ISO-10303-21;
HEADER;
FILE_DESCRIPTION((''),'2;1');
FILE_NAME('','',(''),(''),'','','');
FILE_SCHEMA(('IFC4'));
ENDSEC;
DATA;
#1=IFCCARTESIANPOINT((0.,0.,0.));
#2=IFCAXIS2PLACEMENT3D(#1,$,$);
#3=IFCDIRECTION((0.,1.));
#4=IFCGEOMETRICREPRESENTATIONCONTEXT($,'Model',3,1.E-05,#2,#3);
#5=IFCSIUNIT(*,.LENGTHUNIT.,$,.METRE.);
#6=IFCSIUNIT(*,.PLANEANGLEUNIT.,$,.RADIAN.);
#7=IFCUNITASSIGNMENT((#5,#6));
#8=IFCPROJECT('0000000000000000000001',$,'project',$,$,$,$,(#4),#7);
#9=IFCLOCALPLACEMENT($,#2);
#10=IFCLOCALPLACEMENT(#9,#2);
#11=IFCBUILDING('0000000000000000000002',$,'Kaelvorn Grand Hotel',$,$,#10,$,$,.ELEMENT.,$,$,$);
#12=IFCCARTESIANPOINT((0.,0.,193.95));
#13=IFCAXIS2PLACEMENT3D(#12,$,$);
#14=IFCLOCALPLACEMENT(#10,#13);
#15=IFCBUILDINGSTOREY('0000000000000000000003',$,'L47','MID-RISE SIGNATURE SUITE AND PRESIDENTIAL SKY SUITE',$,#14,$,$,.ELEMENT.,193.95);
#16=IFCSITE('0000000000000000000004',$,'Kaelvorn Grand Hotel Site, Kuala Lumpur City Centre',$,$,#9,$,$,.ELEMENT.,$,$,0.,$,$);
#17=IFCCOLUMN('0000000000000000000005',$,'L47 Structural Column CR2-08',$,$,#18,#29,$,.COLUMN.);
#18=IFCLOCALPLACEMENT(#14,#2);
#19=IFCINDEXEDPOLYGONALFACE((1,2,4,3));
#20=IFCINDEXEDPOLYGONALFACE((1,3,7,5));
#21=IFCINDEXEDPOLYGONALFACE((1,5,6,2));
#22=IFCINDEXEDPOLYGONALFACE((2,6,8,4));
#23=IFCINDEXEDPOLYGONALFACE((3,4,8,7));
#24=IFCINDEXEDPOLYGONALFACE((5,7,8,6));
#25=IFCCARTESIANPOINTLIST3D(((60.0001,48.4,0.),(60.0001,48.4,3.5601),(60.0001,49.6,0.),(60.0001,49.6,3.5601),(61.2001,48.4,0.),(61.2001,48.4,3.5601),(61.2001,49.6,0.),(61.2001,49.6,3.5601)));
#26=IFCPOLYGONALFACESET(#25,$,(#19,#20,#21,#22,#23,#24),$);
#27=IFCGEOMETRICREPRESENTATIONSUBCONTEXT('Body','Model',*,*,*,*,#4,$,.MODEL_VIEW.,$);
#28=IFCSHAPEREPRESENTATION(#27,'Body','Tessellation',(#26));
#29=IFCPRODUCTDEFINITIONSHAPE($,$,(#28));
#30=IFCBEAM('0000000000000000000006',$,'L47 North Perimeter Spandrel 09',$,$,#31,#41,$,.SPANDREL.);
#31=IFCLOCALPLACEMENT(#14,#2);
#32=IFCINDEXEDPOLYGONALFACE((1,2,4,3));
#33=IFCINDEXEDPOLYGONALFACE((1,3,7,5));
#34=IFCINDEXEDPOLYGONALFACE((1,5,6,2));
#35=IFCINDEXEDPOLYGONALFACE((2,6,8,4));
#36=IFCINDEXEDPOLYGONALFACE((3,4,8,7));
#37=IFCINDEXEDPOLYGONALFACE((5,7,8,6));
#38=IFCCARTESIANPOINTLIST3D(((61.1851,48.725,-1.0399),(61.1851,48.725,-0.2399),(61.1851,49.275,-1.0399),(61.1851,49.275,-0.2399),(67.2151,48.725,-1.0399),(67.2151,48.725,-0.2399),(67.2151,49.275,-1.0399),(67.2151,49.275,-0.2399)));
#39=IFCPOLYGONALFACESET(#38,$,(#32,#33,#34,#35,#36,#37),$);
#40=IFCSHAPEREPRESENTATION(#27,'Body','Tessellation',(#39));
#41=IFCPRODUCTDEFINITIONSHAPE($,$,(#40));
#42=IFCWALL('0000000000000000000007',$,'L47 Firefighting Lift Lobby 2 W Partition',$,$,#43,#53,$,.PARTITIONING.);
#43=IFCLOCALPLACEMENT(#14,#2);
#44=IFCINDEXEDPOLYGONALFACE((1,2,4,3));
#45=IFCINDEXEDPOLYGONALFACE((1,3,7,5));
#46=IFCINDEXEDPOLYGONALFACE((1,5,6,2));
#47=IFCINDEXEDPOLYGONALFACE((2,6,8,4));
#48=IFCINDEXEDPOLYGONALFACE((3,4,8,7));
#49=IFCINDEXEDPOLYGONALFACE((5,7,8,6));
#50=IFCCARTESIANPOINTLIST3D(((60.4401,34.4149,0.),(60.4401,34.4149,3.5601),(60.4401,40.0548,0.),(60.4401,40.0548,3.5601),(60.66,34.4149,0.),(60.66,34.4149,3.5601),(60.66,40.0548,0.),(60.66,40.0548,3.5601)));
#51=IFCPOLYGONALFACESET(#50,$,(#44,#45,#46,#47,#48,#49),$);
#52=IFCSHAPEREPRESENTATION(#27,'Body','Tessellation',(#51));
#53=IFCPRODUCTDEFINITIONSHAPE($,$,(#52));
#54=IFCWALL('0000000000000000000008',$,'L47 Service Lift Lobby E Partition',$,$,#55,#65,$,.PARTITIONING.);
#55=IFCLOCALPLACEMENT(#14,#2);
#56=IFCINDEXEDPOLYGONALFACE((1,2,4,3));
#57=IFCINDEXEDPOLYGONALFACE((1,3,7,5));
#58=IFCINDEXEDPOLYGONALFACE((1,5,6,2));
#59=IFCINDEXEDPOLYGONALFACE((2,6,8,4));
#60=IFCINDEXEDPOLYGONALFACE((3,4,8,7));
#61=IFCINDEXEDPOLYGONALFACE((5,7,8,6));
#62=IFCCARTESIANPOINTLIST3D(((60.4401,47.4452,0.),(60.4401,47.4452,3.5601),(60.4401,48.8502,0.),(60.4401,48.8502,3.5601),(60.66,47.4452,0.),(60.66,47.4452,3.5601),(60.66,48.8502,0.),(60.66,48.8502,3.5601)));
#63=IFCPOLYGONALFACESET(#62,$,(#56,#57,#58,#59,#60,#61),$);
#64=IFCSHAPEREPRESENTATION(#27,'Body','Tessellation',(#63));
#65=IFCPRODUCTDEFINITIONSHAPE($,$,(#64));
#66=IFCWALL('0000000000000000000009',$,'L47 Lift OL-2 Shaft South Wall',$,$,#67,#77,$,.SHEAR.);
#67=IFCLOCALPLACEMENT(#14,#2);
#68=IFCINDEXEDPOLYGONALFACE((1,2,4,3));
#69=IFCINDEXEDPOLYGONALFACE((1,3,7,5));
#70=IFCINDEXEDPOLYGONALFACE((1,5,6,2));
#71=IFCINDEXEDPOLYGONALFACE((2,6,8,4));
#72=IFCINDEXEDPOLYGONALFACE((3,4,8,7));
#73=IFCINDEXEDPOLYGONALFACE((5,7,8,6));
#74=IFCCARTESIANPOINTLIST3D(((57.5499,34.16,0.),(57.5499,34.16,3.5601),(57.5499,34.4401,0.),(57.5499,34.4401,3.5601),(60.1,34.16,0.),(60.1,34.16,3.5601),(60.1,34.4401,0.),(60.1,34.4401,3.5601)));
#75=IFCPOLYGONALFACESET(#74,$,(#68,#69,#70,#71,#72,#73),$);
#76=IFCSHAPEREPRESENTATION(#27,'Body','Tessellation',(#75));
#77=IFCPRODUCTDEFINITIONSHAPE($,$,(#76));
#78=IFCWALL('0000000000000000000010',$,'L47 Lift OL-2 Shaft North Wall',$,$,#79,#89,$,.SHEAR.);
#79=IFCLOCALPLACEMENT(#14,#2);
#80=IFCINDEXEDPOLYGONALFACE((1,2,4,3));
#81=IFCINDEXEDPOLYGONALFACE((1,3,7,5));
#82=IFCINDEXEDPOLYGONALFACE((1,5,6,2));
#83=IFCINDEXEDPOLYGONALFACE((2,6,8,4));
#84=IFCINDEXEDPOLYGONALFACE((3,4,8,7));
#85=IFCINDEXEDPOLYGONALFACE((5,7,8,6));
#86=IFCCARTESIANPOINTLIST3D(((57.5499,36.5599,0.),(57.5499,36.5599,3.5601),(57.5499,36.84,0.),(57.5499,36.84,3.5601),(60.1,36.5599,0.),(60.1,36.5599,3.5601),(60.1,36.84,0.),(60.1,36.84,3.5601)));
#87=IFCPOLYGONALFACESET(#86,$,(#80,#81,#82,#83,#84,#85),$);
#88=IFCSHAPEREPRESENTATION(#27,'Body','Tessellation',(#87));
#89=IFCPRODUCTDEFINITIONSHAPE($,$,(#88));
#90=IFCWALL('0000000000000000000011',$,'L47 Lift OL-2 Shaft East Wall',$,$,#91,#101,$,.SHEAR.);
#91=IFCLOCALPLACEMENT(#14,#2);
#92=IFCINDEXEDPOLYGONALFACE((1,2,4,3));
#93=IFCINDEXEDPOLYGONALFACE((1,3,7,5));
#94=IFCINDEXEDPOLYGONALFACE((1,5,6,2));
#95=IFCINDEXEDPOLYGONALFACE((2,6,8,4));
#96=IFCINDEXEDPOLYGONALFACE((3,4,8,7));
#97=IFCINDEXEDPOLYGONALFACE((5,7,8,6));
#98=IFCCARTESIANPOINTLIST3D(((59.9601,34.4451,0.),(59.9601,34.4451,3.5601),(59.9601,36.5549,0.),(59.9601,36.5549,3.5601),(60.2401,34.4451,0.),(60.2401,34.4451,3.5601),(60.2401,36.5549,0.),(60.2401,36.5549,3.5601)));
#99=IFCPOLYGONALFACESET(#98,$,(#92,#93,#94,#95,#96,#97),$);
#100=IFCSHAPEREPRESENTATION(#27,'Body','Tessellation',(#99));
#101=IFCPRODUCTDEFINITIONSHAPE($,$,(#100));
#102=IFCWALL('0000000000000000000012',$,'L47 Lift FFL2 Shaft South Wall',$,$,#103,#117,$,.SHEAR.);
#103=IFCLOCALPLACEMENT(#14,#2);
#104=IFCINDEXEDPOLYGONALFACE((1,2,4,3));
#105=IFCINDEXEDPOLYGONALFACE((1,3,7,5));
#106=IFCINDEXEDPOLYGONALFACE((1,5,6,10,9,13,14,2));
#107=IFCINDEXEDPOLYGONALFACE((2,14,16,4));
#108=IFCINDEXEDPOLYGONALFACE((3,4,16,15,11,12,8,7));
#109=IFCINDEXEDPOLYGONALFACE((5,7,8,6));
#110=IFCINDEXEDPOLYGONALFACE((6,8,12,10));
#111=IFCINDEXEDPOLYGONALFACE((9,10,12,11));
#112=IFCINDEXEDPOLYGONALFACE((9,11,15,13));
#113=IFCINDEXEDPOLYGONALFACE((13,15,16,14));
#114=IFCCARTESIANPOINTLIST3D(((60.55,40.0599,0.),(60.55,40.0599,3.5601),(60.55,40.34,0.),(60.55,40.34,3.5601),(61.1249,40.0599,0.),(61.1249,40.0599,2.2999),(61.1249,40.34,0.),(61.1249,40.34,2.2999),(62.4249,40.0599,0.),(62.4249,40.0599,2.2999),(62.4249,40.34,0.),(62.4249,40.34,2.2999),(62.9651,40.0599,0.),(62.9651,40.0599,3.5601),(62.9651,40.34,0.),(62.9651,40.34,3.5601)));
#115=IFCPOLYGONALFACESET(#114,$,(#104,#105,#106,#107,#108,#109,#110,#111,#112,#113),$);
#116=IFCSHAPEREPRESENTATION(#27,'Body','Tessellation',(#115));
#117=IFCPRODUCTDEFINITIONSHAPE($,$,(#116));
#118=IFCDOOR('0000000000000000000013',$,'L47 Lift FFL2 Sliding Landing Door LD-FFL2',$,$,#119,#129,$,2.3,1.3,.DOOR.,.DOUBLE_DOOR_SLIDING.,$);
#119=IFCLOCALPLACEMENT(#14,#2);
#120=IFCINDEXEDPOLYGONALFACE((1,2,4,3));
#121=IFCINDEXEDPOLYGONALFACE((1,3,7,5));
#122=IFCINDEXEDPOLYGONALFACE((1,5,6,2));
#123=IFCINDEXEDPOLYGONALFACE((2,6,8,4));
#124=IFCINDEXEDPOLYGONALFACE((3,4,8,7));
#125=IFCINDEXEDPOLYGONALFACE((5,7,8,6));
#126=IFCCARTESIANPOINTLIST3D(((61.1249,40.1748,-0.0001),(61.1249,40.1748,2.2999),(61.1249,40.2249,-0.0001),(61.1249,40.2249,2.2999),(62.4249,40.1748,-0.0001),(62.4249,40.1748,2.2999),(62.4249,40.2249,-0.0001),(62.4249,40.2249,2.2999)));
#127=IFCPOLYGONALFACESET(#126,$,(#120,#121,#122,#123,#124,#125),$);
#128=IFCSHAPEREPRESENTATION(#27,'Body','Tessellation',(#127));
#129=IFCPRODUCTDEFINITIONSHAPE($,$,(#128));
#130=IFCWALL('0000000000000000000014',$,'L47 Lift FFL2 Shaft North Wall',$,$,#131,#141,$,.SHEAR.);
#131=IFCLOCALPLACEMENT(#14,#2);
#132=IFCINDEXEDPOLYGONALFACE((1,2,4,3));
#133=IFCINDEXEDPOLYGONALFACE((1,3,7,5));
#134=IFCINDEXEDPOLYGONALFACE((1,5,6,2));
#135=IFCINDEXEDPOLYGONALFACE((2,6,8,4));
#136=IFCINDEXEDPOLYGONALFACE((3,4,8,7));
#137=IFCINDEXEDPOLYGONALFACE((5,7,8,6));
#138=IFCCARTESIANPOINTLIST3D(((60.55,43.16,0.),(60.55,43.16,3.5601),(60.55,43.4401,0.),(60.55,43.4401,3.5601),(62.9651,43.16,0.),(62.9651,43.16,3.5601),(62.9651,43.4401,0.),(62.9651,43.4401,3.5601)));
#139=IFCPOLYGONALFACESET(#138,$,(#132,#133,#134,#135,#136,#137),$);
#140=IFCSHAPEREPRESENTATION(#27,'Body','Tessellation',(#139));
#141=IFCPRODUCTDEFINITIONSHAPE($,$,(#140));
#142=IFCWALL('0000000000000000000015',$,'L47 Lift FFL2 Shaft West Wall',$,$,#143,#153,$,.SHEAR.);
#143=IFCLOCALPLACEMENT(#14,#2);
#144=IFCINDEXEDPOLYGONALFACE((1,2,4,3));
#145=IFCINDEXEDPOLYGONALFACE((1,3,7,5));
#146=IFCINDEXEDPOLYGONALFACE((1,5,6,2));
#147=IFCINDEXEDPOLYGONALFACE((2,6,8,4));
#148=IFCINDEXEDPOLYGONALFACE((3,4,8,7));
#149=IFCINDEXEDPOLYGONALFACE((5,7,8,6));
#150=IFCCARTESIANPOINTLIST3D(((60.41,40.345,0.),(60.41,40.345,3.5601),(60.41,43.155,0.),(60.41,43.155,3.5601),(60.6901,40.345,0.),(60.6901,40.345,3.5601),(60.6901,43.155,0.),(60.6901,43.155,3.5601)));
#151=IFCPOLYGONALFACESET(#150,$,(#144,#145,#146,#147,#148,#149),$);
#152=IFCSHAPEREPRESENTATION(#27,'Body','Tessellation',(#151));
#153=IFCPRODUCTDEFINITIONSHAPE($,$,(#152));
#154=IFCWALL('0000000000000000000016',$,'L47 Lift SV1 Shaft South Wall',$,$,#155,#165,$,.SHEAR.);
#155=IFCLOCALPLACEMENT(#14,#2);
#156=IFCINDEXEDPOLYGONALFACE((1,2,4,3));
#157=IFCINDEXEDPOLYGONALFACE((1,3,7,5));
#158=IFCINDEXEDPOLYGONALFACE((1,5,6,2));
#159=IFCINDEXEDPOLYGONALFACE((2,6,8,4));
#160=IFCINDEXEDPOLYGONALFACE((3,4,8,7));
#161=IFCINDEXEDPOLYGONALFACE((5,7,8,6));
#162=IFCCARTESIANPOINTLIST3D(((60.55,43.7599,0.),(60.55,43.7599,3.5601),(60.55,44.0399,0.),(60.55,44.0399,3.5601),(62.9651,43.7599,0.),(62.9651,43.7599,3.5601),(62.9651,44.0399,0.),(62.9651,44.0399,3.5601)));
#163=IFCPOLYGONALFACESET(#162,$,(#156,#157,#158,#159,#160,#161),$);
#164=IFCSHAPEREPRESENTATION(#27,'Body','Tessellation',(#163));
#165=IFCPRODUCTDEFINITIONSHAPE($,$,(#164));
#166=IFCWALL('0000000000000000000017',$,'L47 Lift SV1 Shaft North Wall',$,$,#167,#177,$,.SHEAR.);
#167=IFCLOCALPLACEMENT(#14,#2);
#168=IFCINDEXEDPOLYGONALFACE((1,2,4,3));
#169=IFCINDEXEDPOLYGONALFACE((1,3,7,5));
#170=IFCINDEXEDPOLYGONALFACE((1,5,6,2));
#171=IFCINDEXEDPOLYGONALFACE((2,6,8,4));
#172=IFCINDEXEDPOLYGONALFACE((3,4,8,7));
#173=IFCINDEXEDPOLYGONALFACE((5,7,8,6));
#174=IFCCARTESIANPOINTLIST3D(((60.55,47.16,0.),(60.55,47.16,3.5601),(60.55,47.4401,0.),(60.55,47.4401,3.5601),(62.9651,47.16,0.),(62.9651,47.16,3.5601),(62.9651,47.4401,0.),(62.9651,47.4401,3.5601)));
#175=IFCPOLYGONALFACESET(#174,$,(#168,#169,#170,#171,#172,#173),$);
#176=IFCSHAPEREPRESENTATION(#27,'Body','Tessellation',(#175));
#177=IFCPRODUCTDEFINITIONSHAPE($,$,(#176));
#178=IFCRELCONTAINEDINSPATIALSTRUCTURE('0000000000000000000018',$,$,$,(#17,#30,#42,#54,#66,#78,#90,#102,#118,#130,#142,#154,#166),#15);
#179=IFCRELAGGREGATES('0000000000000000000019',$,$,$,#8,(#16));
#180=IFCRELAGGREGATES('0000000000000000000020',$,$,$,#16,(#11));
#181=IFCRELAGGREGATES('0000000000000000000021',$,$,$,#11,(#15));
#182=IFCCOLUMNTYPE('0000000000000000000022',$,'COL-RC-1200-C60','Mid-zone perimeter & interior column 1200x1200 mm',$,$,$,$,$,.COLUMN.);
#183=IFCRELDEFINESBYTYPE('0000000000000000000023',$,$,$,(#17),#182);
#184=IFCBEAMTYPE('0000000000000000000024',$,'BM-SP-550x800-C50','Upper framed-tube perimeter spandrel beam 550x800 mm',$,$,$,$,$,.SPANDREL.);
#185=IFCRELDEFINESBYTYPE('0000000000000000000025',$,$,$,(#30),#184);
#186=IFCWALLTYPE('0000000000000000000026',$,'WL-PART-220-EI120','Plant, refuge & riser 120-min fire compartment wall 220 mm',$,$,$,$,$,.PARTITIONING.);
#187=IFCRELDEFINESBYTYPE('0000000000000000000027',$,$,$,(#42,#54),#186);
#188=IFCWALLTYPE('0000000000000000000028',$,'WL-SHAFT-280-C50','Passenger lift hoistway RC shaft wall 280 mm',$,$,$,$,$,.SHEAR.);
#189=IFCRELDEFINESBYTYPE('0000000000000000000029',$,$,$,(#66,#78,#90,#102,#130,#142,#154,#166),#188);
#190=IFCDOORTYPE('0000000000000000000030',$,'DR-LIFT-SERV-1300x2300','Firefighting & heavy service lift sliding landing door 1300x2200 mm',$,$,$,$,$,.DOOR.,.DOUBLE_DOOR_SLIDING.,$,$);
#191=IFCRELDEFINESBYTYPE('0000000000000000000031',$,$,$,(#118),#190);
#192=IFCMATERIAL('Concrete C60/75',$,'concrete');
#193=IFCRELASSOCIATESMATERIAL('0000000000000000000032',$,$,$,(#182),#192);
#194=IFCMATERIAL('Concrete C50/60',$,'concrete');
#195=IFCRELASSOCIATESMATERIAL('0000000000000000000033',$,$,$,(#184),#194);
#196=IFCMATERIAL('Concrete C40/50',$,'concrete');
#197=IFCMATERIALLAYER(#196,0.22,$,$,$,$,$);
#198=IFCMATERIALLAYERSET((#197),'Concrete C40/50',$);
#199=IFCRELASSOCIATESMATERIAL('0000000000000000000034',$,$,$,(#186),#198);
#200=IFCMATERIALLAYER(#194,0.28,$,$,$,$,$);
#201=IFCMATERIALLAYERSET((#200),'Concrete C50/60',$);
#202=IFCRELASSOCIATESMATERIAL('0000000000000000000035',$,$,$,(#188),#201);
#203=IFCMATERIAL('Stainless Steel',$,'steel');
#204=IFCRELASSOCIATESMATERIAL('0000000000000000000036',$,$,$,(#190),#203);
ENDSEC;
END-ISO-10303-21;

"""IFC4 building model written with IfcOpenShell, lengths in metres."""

from ifc_helpers import new_model, si_unit, direction, frame, frame_2d, origin, origin_2d, place, context, subcontext, project, spatial, rectangle, extrude, material, layer, layer_set, material_profile, profile_set, type_object, element, fill, save


model = new_model("IFC4")

# Units and contexts
model_context = context("Model", 3, precision=1e-05, world=origin(), true_north=direction((0.0, 1.0)))
body_context = subcontext(model_context, "Body", "Model", "MODEL_VIEW")
ifc_project = project(units=[si_unit("LENGTHUNIT", "METRE"), si_unit("PLANEANGLEUNIT", "RADIAN")], contexts=[model_context])

# Site, building, storey
site_placement = place(None, origin())
site = spatial("IfcSite", under=ifc_project, at=site_placement, Name="Kaelvorn Grand Hotel Site, Kuala Lumpur City Centre", CompositionType="ELEMENT", RefElevation=0.0)
building_placement = place(site_placement, origin())
building = spatial("IfcBuilding", under=site, at=building_placement, Name="Kaelvorn Grand Hotel", CompositionType="ELEMENT")
storey_placement = place(building_placement, frame((0.0, 0.0, 193.95)))
storey = spatial("IfcBuildingStorey", under=building, at=storey_placement, Name="L47", Description="MID-RISE SIGNATURE SUITE AND PRESIDENTIAL SKY SUITE", CompositionType="ELEMENT", Elevation=193.95)

# Column
ifc_material_1 = material(Name="Concrete C60/75", Category="concrete")
ifc_material_profile_1 = material_profile(ifc_material_1, rectangle(XDim=1.2, YDim=1.2, at=origin_2d()), Name="RC COL 1200x1200")
ifc_profile_set_1 = profile_set([ifc_material_profile_1], Name="Concrete C60/75")
column_type = type_object("IfcColumnType", Name="COL-RC-1200-C60", Description="Mid-zone perimeter & interior column 1200x1200 mm", PredefinedType="COLUMN", material=ifc_profile_set_1)
column_placement = place(storey_placement, frame((60.6001, 49.0, 0.0), z_axis=(0.0, 0.0, 1.0), x_axis=(1.0, 0.0, 0.0)))
element("IfcColumn", 1, at=column_placement, inside=storey, type_object=column_type, Name="L47 Structural Column CR2-08", PredefinedType="COLUMN", context=body_context, shape_type="SweptSolid", body=[
    extrude(rectangle(XDim=1.2, YDim=1.2, at=origin_2d()), origin(), (0.0, 0.0, 1.0), 3.5601),
])

# Beam
ifc_material_2 = material(Name="Concrete C50/60", Category="concrete")
ifc_material_profile_2 = material_profile(ifc_material_2, rectangle(XDim=0.55, YDim=0.8, at=origin_2d()), Name="RC SPANDREL 550x800")
ifc_profile_set_2 = profile_set([ifc_material_profile_2], Name="Concrete C50/60")
beam_type = type_object("IfcBeamType", Name="BM-SP-550x800-C50", Description="Upper framed-tube perimeter spandrel beam 550x800 mm", PredefinedType="SPANDREL", material=ifc_profile_set_2)
beam_placement = place(storey_placement, frame((61.1851, 49.0, -0.6399), z_axis=(1.0, 0.0, 0.0), x_axis=(0.0, 1.0, 0.0)))
element("IfcBeam", 2, at=beam_placement, inside=storey, type_object=beam_type, Name="L47 North Perimeter Spandrel 09", PredefinedType="SPANDREL", context=body_context, shape_type="SweptSolid", body=[
    extrude(rectangle(XDim=0.55, YDim=0.8, at=origin_2d()), origin(), (0.0, 0.0, 1.0), 6.03),
])

# Shared definitions
ifc_material_3 = material(Name="Concrete C40/50", Category="concrete")
ifc_layer_1 = layer(ifc_material_3, 0.22)
ifc_layer_set_1 = layer_set([ifc_layer_1], Name="Concrete C40/50")
wall_type_1 = type_object("IfcWallType", Name="WL-PART-220-EI120", Description="Plant, refuge & riser 120-min fire compartment wall 220 mm", PredefinedType="PARTITIONING", material=ifc_layer_set_1)

# Walls
wall_1_placement = place(storey_placement, frame((60.55, 34.415, 0.0), z_axis=(0.0, 0.0, 1.0), x_axis=(0.0, 1.0, 0.0)))
element("IfcWall", 3, at=wall_1_placement, inside=storey, type_object=wall_type_1, Name="L47 Firefighting Lift Lobby 2 W Partition", PredefinedType="PARTITIONING", context=body_context, shape_type="SweptSolid", body=[
    extrude(rectangle(XDim=5.6399, YDim=0.22, at=frame_2d((2.8198, 0.0))), origin(), (0.0, 0.0, 1.0), 3.5601),
])
wall_2_placement = place(storey_placement, frame((60.55, 47.4451, 0.0), z_axis=(0.0, 0.0, 1.0), x_axis=(0.0, 1.0, 0.0)))
element("IfcWall", 4, at=wall_2_placement, inside=storey, type_object=wall_type_1, Name="L47 Service Lift Lobby E Partition", PredefinedType="PARTITIONING", context=body_context, shape_type="SweptSolid", body=[
    extrude(rectangle(XDim=1.405, YDim=0.22, at=frame_2d((0.7026, 0.0))), origin(), (0.0, 0.0, 1.0), 3.5601),
])
ifc_layer_2 = layer(ifc_material_2, 0.28)
ifc_layer_set_2 = layer_set([ifc_layer_2], Name="Concrete C50/60")
wall_type_2 = type_object("IfcWallType", Name="WL-SHAFT-280-C50", Description="Passenger lift hoistway RC shaft wall 280 mm", PredefinedType="SHEAR", material=ifc_layer_set_2)
for number, where, z_axis, x_axis, name in (
    (5, (57.55, 34.3, 0.0), (0.0, 0.0, 1.0), (1.0, 0.0, 0.0), "L47 Lift OL-2 Shaft South Wall"),
    (6, (57.55, 36.7, 0.0), (0.0, 0.0, 1.0), (1.0, 0.0, 0.0), "L47 Lift OL-2 Shaft North Wall"),
):
    element("IfcWall", number, at=place(storey_placement, frame(where, z_axis=z_axis, x_axis=x_axis)), inside=storey, type_object=wall_type_2, Name=name, PredefinedType="SHEAR", context=body_context, shape_type="SweptSolid", body=[
        extrude(rectangle(XDim=2.55, YDim=0.28, at=frame_2d((1.2749, 0.0))), origin(), (0.0, 0.0, 1.0), 3.5601),
    ])
wall_3_placement = place(storey_placement, frame((60.1001, 34.4451, 0.0), z_axis=(0.0, 0.0, 1.0), x_axis=(0.0, 1.0, 0.0)))
element("IfcWall", 7, at=wall_3_placement, inside=storey, type_object=wall_type_2, Name="L47 Lift OL-2 Shaft East Wall", PredefinedType="SHEAR", context=body_context, shape_type="SweptSolid", body=[
    extrude(rectangle(XDim=2.1099, YDim=0.28, at=frame_2d((1.0549, 0.0))), origin(), (0.0, 0.0, 1.0), 3.5601),
])

# Wall, opening, door
wall_4_placement = place(storey_placement, frame((60.55, 40.2, 0.0), z_axis=(0.0, 0.0, 1.0), x_axis=(1.0, 0.0, 0.0)))
wall_4 = element("IfcWall", 8, at=wall_4_placement, inside=storey, type_object=wall_type_2, Name="L47 Lift FFL2 Shaft South Wall", PredefinedType="SHEAR", context=body_context, shape_type="SweptSolid", body=[
    extrude(rectangle(XDim=2.415, YDim=0.28, at=frame_2d((1.2075, 0.0))), origin(), (0.0, 0.0, 1.0), 3.5601),
])
opening_1_placement = place(wall_4_placement, frame((0.575, 0.0, 0.0)))
opening_1 = element("IfcOpeningElement", 9, at=opening_1_placement, cuts=wall_4, PredefinedType="OPENING", context=body_context, shape_type="SweptSolid", body=[
    extrude(rectangle(XDim=1.3, YDim=2.3, at=frame_2d((0.6499, 1.1499))), frame((0.0, 0.1499, 0.0), z_axis=(0.0, -1.0, 0.0), x_axis=(1.0, 0.0, 0.0)), (0.0, 0.0, 1.0), 0.3),
])
ifc_material_4 = material(Name="Stainless Steel", Category="steel")
door_type_1 = type_object("IfcDoorType", Name="DR-LIFT-SERV-1300x2300", Description="Firefighting & heavy service lift sliding landing door 1300x2200 mm", OperationType="DOUBLE_DOOR_SLIDING", PredefinedType="DOOR", material=ifc_material_4)
door_1_placement = place(opening_1_placement, origin())
door_1 = element("IfcDoor", 10, at=door_1_placement, inside=storey, type_object=door_type_1, Name="L47 Lift FFL2 Sliding Landing Door LD-FFL2", OperationType="DOUBLE_DOOR_SLIDING", OverallHeight=2.3, OverallWidth=1.3, PredefinedType="DOOR", context=body_context, shape_type="SweptSolid", body=[
    extrude(rectangle(XDim=1.3, YDim=2.3, at=frame_2d((0.6499, 1.1499))), frame((0.0, 0.0249, 0.0), z_axis=(0.0, -1.0, 0.0), x_axis=(1.0, 0.0, 0.0)), (0.0, 0.0, 1.0), 0.05),
])
fill(opening_1, door_1)

# Walls
wall_5_placement = place(storey_placement, frame((60.55, 43.3, 0.0), z_axis=(0.0, 0.0, 1.0), x_axis=(1.0, 0.0, 0.0)))
element("IfcWall", 11, at=wall_5_placement, inside=storey, type_object=wall_type_2, Name="L47 Lift FFL2 Shaft North Wall", PredefinedType="SHEAR", context=body_context, shape_type="SweptSolid", body=[
    extrude(rectangle(XDim=2.415, YDim=0.28, at=frame_2d((1.2075, 0.0))), origin(), (0.0, 0.0, 1.0), 3.5601),
])
wall_6_placement = place(storey_placement, frame((60.55, 40.345, 0.0), z_axis=(0.0, 0.0, 1.0), x_axis=(0.0, 1.0, 0.0)))
element("IfcWall", 12, at=wall_6_placement, inside=storey, type_object=wall_type_2, Name="L47 Lift FFL2 Shaft West Wall", PredefinedType="SHEAR", context=body_context, shape_type="SweptSolid", body=[
    extrude(rectangle(XDim=2.8101, YDim=0.28, at=frame_2d((1.405, 0.0))), origin(), (0.0, 0.0, 1.0), 3.5601),
])
for number, where, z_axis, x_axis, name in (
    (13, (60.55, 43.8999, 0.0), (0.0, 0.0, 1.0), (1.0, 0.0, 0.0), "L47 Lift SV1 Shaft South Wall"),
    (14, (60.55, 47.3, 0.0), (0.0, 0.0, 1.0), (1.0, 0.0, 0.0), "L47 Lift SV1 Shaft North Wall"),
):
    element("IfcWall", number, at=place(storey_placement, frame(where, z_axis=z_axis, x_axis=x_axis)), inside=storey, type_object=wall_type_2, Name=name, PredefinedType="SHEAR", context=body_context, shape_type="SweptSolid", body=[
        extrude(rectangle(XDim=2.415, YDim=0.28, at=frame_2d((1.2075, 0.0))), origin(), (0.0, 0.0, 1.0), 3.5601),
    ])

save(model, "model.ifc")
